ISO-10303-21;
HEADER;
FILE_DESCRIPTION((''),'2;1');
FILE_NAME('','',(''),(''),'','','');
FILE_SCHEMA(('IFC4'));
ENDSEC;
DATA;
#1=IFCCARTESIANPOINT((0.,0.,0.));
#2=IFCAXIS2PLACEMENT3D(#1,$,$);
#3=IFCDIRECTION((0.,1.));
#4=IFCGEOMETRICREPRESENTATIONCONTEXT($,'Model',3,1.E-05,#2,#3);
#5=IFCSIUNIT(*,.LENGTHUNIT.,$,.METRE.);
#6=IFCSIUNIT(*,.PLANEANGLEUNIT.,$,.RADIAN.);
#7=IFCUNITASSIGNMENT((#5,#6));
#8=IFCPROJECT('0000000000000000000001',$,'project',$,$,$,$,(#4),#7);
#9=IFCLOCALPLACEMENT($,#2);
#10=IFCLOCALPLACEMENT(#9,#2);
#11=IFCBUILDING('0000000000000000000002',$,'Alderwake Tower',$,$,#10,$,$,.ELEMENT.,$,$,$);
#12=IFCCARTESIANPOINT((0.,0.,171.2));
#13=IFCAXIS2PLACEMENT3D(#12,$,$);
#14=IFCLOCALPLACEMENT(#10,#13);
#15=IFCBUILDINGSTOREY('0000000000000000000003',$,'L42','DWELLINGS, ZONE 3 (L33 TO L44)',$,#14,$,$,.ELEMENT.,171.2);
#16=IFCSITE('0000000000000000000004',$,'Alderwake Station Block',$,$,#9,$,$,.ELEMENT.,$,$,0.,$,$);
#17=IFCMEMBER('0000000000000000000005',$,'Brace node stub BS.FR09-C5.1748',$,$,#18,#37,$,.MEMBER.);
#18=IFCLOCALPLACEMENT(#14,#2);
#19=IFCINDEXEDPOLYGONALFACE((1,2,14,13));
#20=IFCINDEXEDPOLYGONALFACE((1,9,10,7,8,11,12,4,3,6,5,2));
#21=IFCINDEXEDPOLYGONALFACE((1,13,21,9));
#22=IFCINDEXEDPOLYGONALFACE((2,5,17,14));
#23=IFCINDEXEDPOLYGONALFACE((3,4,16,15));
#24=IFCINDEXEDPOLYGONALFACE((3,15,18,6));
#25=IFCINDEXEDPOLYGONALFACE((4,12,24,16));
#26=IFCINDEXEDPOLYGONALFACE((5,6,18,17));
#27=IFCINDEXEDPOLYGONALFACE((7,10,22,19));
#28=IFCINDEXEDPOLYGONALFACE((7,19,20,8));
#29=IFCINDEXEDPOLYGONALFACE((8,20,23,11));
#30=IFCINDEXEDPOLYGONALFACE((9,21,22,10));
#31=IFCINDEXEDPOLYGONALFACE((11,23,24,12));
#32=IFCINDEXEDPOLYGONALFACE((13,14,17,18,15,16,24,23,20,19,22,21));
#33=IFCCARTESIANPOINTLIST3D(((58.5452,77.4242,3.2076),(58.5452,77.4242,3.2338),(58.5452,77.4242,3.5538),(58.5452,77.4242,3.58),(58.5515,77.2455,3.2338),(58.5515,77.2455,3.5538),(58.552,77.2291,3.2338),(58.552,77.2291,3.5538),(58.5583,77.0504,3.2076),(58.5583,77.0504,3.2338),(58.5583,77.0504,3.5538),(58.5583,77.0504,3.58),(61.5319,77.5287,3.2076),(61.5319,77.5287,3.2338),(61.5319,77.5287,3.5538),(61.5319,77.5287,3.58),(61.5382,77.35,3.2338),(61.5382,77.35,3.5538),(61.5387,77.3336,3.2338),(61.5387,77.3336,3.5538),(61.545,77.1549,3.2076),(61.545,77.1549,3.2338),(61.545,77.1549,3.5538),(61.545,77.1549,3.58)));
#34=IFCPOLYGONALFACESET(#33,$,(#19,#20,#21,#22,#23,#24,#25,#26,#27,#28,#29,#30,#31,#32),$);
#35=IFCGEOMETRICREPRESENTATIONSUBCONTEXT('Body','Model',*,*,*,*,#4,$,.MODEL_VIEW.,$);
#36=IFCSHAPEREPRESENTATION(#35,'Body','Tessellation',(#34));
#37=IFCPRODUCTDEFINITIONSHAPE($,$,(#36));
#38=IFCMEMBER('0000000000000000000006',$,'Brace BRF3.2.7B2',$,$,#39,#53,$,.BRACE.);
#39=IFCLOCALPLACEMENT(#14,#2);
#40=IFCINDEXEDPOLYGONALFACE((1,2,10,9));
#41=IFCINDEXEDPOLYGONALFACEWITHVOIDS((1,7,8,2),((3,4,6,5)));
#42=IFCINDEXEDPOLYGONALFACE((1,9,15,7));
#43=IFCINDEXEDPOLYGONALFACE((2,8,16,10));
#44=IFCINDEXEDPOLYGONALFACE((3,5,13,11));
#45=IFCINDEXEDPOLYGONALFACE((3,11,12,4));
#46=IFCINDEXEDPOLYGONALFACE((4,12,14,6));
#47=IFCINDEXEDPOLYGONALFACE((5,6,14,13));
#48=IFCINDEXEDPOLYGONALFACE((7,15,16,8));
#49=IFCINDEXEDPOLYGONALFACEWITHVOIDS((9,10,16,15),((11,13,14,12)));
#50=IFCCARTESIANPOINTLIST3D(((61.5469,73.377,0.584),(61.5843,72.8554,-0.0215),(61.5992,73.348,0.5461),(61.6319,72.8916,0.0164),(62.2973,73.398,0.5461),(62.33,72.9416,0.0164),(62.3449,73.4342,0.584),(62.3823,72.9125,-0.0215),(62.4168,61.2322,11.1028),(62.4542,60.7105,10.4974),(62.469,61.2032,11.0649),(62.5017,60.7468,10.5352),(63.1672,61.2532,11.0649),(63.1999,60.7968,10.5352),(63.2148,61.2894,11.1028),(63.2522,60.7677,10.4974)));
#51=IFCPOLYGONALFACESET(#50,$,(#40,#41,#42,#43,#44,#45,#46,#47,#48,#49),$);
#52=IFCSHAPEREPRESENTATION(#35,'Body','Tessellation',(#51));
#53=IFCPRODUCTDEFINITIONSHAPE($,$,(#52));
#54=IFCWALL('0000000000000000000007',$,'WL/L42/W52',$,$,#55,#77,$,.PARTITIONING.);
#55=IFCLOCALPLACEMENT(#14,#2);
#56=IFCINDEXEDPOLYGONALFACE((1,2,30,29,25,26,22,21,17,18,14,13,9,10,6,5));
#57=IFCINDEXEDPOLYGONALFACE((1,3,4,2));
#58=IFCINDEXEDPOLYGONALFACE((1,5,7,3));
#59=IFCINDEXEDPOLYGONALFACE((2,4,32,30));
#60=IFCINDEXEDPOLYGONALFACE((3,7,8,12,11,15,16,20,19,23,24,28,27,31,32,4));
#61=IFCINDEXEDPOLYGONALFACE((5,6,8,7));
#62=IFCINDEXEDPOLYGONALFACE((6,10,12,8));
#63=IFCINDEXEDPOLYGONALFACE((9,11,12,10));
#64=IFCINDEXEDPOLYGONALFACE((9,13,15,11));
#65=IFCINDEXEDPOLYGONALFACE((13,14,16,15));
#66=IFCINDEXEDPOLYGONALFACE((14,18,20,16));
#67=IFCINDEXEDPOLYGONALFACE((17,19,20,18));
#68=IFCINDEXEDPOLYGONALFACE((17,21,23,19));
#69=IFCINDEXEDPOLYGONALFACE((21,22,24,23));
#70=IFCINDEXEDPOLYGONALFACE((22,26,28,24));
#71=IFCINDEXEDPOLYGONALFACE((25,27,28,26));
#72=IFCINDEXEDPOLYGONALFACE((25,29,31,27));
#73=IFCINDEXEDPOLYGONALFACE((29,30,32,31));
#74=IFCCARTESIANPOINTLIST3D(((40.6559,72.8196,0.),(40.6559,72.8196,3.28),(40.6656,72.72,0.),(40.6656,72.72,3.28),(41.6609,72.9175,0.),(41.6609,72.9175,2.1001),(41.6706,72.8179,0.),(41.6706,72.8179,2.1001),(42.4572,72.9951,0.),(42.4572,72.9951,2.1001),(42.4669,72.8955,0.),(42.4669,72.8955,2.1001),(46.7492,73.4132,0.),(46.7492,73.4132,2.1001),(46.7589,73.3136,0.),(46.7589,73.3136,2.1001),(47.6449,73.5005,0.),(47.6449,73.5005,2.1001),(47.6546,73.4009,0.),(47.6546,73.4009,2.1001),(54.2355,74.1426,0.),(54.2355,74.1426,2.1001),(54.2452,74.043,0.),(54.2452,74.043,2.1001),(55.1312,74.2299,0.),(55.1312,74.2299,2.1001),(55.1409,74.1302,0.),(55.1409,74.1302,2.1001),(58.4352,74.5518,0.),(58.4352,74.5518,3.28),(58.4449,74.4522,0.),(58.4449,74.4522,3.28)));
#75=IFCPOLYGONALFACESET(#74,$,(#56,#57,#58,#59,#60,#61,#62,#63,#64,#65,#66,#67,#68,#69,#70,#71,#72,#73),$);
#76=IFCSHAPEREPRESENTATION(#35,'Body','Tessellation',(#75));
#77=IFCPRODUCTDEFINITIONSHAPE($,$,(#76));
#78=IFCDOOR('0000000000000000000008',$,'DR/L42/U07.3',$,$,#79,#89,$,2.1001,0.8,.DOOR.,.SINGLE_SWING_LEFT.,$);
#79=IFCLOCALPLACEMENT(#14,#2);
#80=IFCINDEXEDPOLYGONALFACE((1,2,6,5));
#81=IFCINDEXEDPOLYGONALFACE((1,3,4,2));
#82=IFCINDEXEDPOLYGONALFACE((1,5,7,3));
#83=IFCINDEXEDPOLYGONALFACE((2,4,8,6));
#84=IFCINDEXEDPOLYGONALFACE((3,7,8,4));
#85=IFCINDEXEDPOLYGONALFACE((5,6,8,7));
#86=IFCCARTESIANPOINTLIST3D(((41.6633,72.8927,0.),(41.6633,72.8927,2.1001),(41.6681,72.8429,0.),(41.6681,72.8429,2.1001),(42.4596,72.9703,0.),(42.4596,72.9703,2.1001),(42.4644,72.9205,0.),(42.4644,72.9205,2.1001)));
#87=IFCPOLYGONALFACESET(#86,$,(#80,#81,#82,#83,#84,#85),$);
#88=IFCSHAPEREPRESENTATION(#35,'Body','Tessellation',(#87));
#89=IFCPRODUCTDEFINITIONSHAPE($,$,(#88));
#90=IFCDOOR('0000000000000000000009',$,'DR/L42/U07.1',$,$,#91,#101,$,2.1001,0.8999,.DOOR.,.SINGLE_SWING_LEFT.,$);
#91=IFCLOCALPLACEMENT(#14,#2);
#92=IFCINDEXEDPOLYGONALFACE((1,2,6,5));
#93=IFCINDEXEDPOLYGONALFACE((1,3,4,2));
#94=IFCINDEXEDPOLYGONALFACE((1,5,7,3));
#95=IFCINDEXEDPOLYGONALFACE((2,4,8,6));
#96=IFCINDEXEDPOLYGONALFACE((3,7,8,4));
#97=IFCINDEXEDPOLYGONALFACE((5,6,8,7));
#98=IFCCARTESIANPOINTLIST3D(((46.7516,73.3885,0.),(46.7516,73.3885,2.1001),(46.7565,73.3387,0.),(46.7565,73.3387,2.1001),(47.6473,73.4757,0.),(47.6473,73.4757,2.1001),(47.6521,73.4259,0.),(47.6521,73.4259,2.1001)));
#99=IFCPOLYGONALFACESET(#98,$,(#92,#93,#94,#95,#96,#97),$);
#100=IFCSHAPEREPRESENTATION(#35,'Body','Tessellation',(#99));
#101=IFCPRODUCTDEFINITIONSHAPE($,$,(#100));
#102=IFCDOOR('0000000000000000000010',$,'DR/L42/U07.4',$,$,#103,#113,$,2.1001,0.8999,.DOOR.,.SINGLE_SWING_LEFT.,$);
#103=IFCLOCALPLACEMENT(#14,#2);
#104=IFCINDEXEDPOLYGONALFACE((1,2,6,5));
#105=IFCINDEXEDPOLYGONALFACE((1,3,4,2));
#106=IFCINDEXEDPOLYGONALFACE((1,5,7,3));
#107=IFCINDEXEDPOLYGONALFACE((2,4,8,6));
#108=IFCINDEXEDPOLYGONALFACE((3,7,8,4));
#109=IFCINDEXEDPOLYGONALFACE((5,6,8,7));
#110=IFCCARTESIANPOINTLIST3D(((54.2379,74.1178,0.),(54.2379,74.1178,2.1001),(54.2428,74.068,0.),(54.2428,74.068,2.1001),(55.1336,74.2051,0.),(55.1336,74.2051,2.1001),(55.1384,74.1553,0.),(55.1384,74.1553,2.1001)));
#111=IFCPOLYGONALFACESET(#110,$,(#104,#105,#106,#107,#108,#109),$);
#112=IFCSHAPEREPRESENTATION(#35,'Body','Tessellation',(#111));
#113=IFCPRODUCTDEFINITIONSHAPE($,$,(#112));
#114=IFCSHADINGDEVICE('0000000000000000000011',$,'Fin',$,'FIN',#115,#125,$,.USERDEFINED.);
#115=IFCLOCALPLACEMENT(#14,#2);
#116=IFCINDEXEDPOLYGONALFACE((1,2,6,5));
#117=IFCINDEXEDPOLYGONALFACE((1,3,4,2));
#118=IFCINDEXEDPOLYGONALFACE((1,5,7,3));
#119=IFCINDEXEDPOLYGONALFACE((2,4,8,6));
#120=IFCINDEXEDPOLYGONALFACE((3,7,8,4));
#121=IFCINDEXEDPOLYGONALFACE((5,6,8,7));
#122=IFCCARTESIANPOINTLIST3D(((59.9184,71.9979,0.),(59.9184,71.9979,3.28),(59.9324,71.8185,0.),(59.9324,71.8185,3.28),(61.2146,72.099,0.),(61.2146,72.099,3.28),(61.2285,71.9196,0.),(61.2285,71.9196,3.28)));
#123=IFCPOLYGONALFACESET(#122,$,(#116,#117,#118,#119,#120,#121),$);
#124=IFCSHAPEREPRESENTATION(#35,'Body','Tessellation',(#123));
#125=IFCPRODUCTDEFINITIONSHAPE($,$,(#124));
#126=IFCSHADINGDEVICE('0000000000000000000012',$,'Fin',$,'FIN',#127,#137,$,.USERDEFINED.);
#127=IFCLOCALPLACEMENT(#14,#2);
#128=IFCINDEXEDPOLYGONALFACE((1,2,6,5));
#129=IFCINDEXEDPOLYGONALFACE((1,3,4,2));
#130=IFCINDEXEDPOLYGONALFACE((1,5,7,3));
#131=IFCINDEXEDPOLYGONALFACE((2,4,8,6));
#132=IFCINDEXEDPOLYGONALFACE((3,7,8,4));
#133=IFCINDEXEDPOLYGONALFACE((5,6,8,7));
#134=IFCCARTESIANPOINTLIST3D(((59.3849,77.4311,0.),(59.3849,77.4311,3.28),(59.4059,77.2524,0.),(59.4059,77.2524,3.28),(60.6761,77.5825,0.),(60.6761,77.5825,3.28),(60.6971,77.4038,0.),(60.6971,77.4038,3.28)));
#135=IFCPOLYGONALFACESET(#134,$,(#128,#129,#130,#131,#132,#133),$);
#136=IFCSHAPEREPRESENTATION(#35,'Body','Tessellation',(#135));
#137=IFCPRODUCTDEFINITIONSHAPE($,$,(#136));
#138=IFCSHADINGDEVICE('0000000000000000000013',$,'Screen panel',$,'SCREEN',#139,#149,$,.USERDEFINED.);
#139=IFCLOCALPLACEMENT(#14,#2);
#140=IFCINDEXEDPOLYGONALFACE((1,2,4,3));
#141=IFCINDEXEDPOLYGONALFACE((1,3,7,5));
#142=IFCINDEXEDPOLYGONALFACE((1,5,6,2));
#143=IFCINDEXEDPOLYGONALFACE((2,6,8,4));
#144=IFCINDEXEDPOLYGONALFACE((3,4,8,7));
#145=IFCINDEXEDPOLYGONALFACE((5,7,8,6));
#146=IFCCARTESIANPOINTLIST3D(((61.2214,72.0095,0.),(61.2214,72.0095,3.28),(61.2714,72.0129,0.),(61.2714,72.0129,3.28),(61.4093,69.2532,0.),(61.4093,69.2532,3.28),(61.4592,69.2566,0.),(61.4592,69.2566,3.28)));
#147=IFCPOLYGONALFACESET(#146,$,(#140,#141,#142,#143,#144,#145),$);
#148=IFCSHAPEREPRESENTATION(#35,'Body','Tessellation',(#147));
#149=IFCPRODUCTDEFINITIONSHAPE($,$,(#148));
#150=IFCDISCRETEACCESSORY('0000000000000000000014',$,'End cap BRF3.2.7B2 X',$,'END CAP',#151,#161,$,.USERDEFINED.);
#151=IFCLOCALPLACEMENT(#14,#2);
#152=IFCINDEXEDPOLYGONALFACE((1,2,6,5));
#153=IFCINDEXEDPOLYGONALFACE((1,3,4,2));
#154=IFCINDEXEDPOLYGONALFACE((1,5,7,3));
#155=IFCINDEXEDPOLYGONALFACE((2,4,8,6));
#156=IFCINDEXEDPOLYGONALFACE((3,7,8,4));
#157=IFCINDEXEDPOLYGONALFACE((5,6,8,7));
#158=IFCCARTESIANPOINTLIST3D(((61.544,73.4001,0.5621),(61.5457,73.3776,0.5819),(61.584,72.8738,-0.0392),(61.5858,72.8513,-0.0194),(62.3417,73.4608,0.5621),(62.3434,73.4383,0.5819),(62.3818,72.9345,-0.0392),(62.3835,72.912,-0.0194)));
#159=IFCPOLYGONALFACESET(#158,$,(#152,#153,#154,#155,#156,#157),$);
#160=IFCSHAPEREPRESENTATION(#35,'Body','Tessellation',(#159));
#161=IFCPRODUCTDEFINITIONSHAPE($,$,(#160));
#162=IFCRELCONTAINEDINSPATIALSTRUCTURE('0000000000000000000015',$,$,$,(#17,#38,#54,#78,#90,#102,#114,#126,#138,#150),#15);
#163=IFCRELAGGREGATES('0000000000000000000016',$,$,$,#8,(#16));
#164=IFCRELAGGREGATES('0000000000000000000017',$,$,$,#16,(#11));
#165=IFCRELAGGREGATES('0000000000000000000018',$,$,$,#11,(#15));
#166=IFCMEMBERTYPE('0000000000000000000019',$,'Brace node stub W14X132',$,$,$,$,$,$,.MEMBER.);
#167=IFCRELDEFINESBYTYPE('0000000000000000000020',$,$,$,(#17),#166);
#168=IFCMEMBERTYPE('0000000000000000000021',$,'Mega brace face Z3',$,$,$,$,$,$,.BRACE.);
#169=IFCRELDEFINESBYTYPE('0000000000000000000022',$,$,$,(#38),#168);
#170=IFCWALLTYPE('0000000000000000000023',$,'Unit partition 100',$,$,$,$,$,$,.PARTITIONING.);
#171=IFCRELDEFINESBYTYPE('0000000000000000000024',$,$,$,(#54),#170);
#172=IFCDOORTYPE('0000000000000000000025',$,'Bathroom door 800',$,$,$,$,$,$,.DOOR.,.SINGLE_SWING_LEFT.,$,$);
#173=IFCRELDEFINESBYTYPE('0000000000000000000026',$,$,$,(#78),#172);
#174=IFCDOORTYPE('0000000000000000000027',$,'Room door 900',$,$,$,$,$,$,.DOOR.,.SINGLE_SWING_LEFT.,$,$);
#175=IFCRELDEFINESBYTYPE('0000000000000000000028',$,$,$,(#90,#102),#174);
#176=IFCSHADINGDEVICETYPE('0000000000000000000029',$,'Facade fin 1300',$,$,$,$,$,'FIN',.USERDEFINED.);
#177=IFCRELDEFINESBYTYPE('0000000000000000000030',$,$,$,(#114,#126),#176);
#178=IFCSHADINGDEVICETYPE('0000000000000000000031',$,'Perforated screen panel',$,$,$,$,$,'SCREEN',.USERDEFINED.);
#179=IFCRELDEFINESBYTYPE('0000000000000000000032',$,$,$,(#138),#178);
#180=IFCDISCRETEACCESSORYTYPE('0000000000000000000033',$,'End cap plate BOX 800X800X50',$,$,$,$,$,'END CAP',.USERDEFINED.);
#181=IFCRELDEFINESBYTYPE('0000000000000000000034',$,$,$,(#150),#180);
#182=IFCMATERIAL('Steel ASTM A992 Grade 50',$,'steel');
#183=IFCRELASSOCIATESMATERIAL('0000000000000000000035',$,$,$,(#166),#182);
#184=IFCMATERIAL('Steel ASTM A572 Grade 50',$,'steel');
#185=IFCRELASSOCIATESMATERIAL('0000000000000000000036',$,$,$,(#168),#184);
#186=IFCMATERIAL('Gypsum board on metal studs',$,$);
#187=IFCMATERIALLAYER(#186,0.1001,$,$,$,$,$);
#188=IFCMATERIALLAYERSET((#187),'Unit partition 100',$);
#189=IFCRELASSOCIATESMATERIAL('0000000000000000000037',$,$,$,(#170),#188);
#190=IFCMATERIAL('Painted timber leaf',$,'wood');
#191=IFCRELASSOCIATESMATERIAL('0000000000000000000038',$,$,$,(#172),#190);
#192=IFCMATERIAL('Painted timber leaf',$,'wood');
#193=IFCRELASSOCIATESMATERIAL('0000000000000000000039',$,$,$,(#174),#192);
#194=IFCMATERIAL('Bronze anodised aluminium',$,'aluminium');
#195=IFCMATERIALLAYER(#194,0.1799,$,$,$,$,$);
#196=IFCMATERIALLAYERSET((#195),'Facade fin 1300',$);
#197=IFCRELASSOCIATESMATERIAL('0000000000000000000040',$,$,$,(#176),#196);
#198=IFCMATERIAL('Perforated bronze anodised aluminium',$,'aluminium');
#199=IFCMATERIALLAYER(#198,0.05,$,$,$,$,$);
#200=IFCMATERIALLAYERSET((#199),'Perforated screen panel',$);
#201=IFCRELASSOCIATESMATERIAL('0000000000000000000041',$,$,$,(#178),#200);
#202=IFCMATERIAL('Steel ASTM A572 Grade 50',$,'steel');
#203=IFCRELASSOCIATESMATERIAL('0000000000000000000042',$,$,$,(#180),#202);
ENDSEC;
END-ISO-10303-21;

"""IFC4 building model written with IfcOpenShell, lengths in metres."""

from ifc_helpers import new_model, si_unit, direction, frame, frame_2d, origin, origin_2d, place, context, subcontext, project, spatial, rectangle, hollow_rectangle, i_section, extrude, material, layer, layer_set, material_profile, profile_set, type_object, element, fill, save


model = new_model("IFC4")

# Units and contexts
model_context = context("Model", 3, precision=1e-05, world=origin(), true_north=direction((0.0, 1.0)))
body_context = subcontext(model_context, "Body", "Model", "MODEL_VIEW")
ifc_project = project(units=[si_unit("LENGTHUNIT", "METRE"), si_unit("PLANEANGLEUNIT", "RADIAN")], contexts=[model_context])

# Site, building, storey
site_placement = place(None, origin())
site = spatial("IfcSite", under=ifc_project, at=site_placement, Name="Alderwake Station Block", CompositionType="ELEMENT", RefElevation=0.0)
building_placement = place(site_placement, origin())
building = spatial("IfcBuilding", under=site, at=building_placement, Name="Alderwake Tower", CompositionType="ELEMENT")
storey_placement = place(building_placement, frame((0.0, 0.0, 171.2)))
storey = spatial("IfcBuildingStorey", under=building, at=storey_placement, Name="L42", Description="DWELLINGS, ZONE 3 (L33 TO L44)", CompositionType="ELEMENT", Elevation=171.2)

# Members
ifc_material_1 = material(Name="Steel ASTM A992 Grade 50", Category="steel")
ifc_material_profile_1 = material_profile(ifc_material_1, i_section(OverallWidth=0.374, OverallDepth=0.3723, WebThickness=0.0164, FlangeThickness=0.0261, at=origin_2d()), Name="W14X132")
ifc_profile_set_1 = profile_set([ifc_material_profile_1], Name="Steel ASTM A992 Grade 50")
member_type_1 = type_object("IfcMemberType", Name="Brace node stub W14X132", PredefinedType="MEMBER", material=ifc_profile_set_1)
member_1_placement = place(storey_placement, frame((58.5518, 77.2373, 3.3938), z_axis=(0.999389, 0.034963, 0.0), x_axis=(-0.034963, 0.999389, 0.0)))
element("IfcMember", 1, at=member_1_placement, inside=storey, type_object=member_type_1, Name="Brace node stub BS.FR09-C5.1748", PredefinedType="MEMBER", context=body_context, shape_type="SweptSolid", body=[
    extrude(i_section(OverallWidth=0.374, OverallDepth=0.3723, WebThickness=0.0164, FlangeThickness=0.0261, at=origin_2d()), origin(), (0.0, 0.0, 1.0), 2.9885),
])
ifc_material_2 = material(Name="Steel ASTM A572 Grade 50", Category="steel")
ifc_material_profile_2 = material_profile(ifc_material_2, hollow_rectangle(XDim=0.8, YDim=0.8, WallThickness=0.05, at=origin_2d()), Name="BOX 800X800X50")
ifc_profile_set_2 = profile_set([ifc_material_profile_2], Name="Steel ASTM A572 Grade 50")
member_type_2 = type_object("IfcMemberType", Name="Mega brace face Z3", PredefinedType="BRACE", material=ifc_profile_set_2)
member_2_placement = place(storey_placement, frame((61.9646, 73.1448, 0.2812), z_axis=(0.054062, -0.754789, 0.653736), x_axis=(0.997445, 0.071442, 0.0)))
element("IfcMember", 2, at=member_2_placement, inside=storey, type_object=member_type_2, Name="Brace BRF3.2.7B2", PredefinedType="BRACE", context=body_context, shape_type="SweptSolid", body=[
    extrude(hollow_rectangle(XDim=0.8, YDim=0.8, WallThickness=0.05, at=origin_2d()), origin(), (0.0, 0.0, 1.0), 16.0903),
])

# Wall, openings, doors
ifc_material_3 = material(Name="Gypsum board on metal studs")
ifc_layer_1 = layer(ifc_material_3, 0.1001)
ifc_layer_set_1 = layer_set([ifc_layer_1], Name="Unit partition 100")
wall_type_1 = type_object("IfcWallType", Name="Unit partition 100", PredefinedType="PARTITIONING", material=ifc_layer_set_1)
wall_1_placement = place(storey_placement, frame((58.4399, 74.502, 0.0), z_axis=(0.0, 0.0, 1.0), x_axis=(-0.995288, -0.096968, 0.0)))
wall_1 = element("IfcWall", 3, at=wall_1_placement, inside=storey, type_object=wall_type_1, Name="WL/L42/W52", PredefinedType="PARTITIONING", context=body_context, shape_type="SweptSolid", body=[
    extrude(rectangle(XDim=17.8635, YDim=0.1001, at=frame_2d((8.9316, 0.0))), origin(), (0.0, 0.0, 1.0), 3.28),
])
opening_1_placement = place(wall_1_placement, frame((10.8413, 0.0, 0.0)))
opening_1 = element("IfcOpeningElement", 4, at=opening_1_placement, cuts=wall_1, PredefinedType="OPENING", context=body_context, shape_type="SweptSolid", body=[
    extrude(rectangle(XDim=0.8999, YDim=2.1001, at=frame_2d((0.45, 1.05))), frame((0.0, 0.0601, 0.0), z_axis=(0.0, -1.0, 0.0), x_axis=(1.0, 0.0, 0.0)), (0.0, 0.0, 1.0), 0.1201),
])
opening_2_placement = place(wall_1_placement, frame((16.0537, 0.0, 0.0)))
opening_2 = element("IfcOpeningElement", 5, at=opening_2_placement, cuts=wall_1, PredefinedType="OPENING", context=body_context, shape_type="SweptSolid", body=[
    extrude(rectangle(XDim=0.8, YDim=2.1001, at=frame_2d((0.3999, 1.05))), frame((0.0, 0.0601, 0.0), z_axis=(0.0, -1.0, 0.0), x_axis=(1.0, 0.0, 0.0)), (0.0, 0.0, 1.0), 0.1201),
])
opening_3_placement = place(wall_1_placement, frame((3.3196, 0.0, 0.0)))
opening_3 = element("IfcOpeningElement", 6, at=opening_3_placement, cuts=wall_1, PredefinedType="OPENING", context=body_context, shape_type="SweptSolid", body=[
    extrude(rectangle(XDim=0.8999, YDim=2.1001, at=frame_2d((0.45, 1.05))), frame((0.0, 0.0601, 0.0), z_axis=(0.0, -1.0, 0.0), x_axis=(1.0, 0.0, 0.0)), (0.0, 0.0, 1.0), 0.1201),
])
ifc_material_4 = material(Name="Painted timber leaf", Category="wood")
door_type_1 = type_object("IfcDoorType", Name="Bathroom door 800", OperationType="SINGLE_SWING_LEFT", PredefinedType="DOOR", material=ifc_material_4)
door_1_placement = place(opening_2_placement, origin())
door_1 = element("IfcDoor", 7, at=door_1_placement, inside=storey, type_object=door_type_1, Name="DR/L42/U07.3", OperationType="SINGLE_SWING_LEFT", OverallHeight=2.1001, OverallWidth=0.8, PredefinedType="DOOR", context=body_context, shape_type="SweptSolid", body=[
    extrude(rectangle(XDim=0.8, YDim=2.1001, at=frame_2d((0.3999, 1.05))), frame((0.0, 0.0249, 0.0), z_axis=(0.0, -1.0, 0.0), x_axis=(1.0, 0.0, 0.0)), (0.0, 0.0, 1.0), 0.05),
])
fill(opening_2, door_1)
ifc_material_5 = material(Name="Painted timber leaf", Category="wood")
door_type_2 = type_object("IfcDoorType", Name="Room door 900", OperationType="SINGLE_SWING_LEFT", PredefinedType="DOOR", material=ifc_material_5)
door_2_placement = place(opening_1_placement, origin())
door_2 = element("IfcDoor", 8, at=door_2_placement, inside=storey, type_object=door_type_2, Name="DR/L42/U07.1", OperationType="SINGLE_SWING_LEFT", OverallHeight=2.1001, OverallWidth=0.8999, PredefinedType="DOOR", context=body_context, shape_type="SweptSolid", body=[
    extrude(rectangle(XDim=0.8999, YDim=2.1001, at=frame_2d((0.45, 1.05))), frame((0.0, 0.0249, 0.0), z_axis=(0.0, -1.0, 0.0), x_axis=(1.0, 0.0, 0.0)), (0.0, 0.0, 1.0), 0.05),
])
fill(opening_1, door_2)
door_3_placement = place(opening_3_placement, origin())
door_3 = element("IfcDoor", 9, at=door_3_placement, inside=storey, type_object=door_type_2, Name="DR/L42/U07.4", OperationType="SINGLE_SWING_LEFT", OverallHeight=2.1001, OverallWidth=0.8999, PredefinedType="DOOR", context=body_context, shape_type="SweptSolid", body=[
    extrude(rectangle(XDim=0.8999, YDim=2.1001, at=frame_2d((0.45, 1.05))), frame((0.0, 0.0249, 0.0), z_axis=(0.0, -1.0, 0.0), x_axis=(1.0, 0.0, 0.0)), (0.0, 0.0, 1.0), 0.05),
])
fill(opening_3, door_3)

# Shading devices
ifc_material_6 = material(Name="Bronze anodised aluminium", Category="aluminium")
ifc_layer_2 = layer(ifc_material_6, 0.1799)
ifc_layer_set_2 = layer_set([ifc_layer_2], Name="Facade fin 1300")
shading_device_type_1 = type_object("IfcShadingDeviceType", Name="Facade fin 1300", ElementType="FIN", PredefinedType="USERDEFINED", material=ifc_layer_set_2)
for number, where, z_axis, x_axis, name in (
    (10, (60.5735, 71.9587, 0.0), (0.0, 0.0, 1.0), (0.996975, 0.077721, 0.0), "Fin"),
    (11, (60.041, 77.4175, 0.0), (0.0, 0.0, 1.0), (0.993198, 0.116435, 0.0), "Fin"),
):
    element("IfcShadingDevice", number, at=place(storey_placement, frame(where, z_axis=z_axis, x_axis=x_axis)), inside=storey, type_object=shading_device_type_1, Name=name, ObjectType="FIN", PredefinedType="USERDEFINED", context=body_context, shape_type="SweptSolid", body=[
        extrude(rectangle(XDim=1.3, YDim=0.1799, at=origin_2d()), origin(), (0.0, 0.0, 1.0), 3.28),
    ])
ifc_material_7 = material(Name="Perforated bronze anodised aluminium", Category="aluminium")
ifc_layer_3 = layer(ifc_material_7, 0.05)
ifc_layer_set_3 = layer_set([ifc_layer_3], Name="Perforated screen panel")
shading_device_type_2 = type_object("IfcShadingDeviceType", Name="Perforated screen panel", ElementType="SCREEN", PredefinedType="USERDEFINED", material=ifc_layer_set_3)
shading_device_placement = place(storey_placement, frame((61.3403, 70.6331, 0.0), z_axis=(0.0, 0.0, 1.0), x_axis=(0.997685, 0.067998, 0.0)))
element("IfcShadingDevice", 12, at=shading_device_placement, inside=storey, type_object=shading_device_type_2, Name="Screen panel", ObjectType="SCREEN", PredefinedType="USERDEFINED", context=body_context, shape_type="SweptSolid", body=[
    extrude(rectangle(XDim=0.05, YDim=2.7627, at=origin_2d()), origin(), (0.0, 0.0, 1.0), 3.28),
])

# Discrete accessory
ifc_material_8 = material(Name="Steel ASTM A572 Grade 50", Category="steel")
ifc_material_profile_3 = material_profile(ifc_material_8, rectangle(XDim=0.8, YDim=0.8, at=origin_2d()), Name="BOX 800X800X50 cap")
ifc_profile_set_3 = profile_set([ifc_material_profile_3], Name="Steel ASTM A572 Grade 50")
discrete_accessory_type = type_object("IfcDiscreteAccessoryType", Name="End cap plate BOX 800X800X50", ElementType="END CAP", PredefinedType="USERDEFINED", material=ifc_profile_set_3)
discrete_accessory_placement = place(storey_placement, frame((61.9646, 73.1448, 0.2812), z_axis=(-0.057014, 0.749331, -0.659737), x_axis=(-0.997118, -0.075868, 0.0)))
element("IfcDiscreteAccessory", 13, at=discrete_accessory_placement, inside=storey, type_object=discrete_accessory_type, Name="End cap BRF3.2.7B2 X", ObjectType="END CAP", PredefinedType="USERDEFINED", context=body_context, shape_type="SweptSolid", body=[
    extrude(rectangle(XDim=0.8, YDim=0.8, at=origin_2d()), origin(), (0.0, 0.0, 1.0), 0.03),
])

save(model, "model.ifc")
